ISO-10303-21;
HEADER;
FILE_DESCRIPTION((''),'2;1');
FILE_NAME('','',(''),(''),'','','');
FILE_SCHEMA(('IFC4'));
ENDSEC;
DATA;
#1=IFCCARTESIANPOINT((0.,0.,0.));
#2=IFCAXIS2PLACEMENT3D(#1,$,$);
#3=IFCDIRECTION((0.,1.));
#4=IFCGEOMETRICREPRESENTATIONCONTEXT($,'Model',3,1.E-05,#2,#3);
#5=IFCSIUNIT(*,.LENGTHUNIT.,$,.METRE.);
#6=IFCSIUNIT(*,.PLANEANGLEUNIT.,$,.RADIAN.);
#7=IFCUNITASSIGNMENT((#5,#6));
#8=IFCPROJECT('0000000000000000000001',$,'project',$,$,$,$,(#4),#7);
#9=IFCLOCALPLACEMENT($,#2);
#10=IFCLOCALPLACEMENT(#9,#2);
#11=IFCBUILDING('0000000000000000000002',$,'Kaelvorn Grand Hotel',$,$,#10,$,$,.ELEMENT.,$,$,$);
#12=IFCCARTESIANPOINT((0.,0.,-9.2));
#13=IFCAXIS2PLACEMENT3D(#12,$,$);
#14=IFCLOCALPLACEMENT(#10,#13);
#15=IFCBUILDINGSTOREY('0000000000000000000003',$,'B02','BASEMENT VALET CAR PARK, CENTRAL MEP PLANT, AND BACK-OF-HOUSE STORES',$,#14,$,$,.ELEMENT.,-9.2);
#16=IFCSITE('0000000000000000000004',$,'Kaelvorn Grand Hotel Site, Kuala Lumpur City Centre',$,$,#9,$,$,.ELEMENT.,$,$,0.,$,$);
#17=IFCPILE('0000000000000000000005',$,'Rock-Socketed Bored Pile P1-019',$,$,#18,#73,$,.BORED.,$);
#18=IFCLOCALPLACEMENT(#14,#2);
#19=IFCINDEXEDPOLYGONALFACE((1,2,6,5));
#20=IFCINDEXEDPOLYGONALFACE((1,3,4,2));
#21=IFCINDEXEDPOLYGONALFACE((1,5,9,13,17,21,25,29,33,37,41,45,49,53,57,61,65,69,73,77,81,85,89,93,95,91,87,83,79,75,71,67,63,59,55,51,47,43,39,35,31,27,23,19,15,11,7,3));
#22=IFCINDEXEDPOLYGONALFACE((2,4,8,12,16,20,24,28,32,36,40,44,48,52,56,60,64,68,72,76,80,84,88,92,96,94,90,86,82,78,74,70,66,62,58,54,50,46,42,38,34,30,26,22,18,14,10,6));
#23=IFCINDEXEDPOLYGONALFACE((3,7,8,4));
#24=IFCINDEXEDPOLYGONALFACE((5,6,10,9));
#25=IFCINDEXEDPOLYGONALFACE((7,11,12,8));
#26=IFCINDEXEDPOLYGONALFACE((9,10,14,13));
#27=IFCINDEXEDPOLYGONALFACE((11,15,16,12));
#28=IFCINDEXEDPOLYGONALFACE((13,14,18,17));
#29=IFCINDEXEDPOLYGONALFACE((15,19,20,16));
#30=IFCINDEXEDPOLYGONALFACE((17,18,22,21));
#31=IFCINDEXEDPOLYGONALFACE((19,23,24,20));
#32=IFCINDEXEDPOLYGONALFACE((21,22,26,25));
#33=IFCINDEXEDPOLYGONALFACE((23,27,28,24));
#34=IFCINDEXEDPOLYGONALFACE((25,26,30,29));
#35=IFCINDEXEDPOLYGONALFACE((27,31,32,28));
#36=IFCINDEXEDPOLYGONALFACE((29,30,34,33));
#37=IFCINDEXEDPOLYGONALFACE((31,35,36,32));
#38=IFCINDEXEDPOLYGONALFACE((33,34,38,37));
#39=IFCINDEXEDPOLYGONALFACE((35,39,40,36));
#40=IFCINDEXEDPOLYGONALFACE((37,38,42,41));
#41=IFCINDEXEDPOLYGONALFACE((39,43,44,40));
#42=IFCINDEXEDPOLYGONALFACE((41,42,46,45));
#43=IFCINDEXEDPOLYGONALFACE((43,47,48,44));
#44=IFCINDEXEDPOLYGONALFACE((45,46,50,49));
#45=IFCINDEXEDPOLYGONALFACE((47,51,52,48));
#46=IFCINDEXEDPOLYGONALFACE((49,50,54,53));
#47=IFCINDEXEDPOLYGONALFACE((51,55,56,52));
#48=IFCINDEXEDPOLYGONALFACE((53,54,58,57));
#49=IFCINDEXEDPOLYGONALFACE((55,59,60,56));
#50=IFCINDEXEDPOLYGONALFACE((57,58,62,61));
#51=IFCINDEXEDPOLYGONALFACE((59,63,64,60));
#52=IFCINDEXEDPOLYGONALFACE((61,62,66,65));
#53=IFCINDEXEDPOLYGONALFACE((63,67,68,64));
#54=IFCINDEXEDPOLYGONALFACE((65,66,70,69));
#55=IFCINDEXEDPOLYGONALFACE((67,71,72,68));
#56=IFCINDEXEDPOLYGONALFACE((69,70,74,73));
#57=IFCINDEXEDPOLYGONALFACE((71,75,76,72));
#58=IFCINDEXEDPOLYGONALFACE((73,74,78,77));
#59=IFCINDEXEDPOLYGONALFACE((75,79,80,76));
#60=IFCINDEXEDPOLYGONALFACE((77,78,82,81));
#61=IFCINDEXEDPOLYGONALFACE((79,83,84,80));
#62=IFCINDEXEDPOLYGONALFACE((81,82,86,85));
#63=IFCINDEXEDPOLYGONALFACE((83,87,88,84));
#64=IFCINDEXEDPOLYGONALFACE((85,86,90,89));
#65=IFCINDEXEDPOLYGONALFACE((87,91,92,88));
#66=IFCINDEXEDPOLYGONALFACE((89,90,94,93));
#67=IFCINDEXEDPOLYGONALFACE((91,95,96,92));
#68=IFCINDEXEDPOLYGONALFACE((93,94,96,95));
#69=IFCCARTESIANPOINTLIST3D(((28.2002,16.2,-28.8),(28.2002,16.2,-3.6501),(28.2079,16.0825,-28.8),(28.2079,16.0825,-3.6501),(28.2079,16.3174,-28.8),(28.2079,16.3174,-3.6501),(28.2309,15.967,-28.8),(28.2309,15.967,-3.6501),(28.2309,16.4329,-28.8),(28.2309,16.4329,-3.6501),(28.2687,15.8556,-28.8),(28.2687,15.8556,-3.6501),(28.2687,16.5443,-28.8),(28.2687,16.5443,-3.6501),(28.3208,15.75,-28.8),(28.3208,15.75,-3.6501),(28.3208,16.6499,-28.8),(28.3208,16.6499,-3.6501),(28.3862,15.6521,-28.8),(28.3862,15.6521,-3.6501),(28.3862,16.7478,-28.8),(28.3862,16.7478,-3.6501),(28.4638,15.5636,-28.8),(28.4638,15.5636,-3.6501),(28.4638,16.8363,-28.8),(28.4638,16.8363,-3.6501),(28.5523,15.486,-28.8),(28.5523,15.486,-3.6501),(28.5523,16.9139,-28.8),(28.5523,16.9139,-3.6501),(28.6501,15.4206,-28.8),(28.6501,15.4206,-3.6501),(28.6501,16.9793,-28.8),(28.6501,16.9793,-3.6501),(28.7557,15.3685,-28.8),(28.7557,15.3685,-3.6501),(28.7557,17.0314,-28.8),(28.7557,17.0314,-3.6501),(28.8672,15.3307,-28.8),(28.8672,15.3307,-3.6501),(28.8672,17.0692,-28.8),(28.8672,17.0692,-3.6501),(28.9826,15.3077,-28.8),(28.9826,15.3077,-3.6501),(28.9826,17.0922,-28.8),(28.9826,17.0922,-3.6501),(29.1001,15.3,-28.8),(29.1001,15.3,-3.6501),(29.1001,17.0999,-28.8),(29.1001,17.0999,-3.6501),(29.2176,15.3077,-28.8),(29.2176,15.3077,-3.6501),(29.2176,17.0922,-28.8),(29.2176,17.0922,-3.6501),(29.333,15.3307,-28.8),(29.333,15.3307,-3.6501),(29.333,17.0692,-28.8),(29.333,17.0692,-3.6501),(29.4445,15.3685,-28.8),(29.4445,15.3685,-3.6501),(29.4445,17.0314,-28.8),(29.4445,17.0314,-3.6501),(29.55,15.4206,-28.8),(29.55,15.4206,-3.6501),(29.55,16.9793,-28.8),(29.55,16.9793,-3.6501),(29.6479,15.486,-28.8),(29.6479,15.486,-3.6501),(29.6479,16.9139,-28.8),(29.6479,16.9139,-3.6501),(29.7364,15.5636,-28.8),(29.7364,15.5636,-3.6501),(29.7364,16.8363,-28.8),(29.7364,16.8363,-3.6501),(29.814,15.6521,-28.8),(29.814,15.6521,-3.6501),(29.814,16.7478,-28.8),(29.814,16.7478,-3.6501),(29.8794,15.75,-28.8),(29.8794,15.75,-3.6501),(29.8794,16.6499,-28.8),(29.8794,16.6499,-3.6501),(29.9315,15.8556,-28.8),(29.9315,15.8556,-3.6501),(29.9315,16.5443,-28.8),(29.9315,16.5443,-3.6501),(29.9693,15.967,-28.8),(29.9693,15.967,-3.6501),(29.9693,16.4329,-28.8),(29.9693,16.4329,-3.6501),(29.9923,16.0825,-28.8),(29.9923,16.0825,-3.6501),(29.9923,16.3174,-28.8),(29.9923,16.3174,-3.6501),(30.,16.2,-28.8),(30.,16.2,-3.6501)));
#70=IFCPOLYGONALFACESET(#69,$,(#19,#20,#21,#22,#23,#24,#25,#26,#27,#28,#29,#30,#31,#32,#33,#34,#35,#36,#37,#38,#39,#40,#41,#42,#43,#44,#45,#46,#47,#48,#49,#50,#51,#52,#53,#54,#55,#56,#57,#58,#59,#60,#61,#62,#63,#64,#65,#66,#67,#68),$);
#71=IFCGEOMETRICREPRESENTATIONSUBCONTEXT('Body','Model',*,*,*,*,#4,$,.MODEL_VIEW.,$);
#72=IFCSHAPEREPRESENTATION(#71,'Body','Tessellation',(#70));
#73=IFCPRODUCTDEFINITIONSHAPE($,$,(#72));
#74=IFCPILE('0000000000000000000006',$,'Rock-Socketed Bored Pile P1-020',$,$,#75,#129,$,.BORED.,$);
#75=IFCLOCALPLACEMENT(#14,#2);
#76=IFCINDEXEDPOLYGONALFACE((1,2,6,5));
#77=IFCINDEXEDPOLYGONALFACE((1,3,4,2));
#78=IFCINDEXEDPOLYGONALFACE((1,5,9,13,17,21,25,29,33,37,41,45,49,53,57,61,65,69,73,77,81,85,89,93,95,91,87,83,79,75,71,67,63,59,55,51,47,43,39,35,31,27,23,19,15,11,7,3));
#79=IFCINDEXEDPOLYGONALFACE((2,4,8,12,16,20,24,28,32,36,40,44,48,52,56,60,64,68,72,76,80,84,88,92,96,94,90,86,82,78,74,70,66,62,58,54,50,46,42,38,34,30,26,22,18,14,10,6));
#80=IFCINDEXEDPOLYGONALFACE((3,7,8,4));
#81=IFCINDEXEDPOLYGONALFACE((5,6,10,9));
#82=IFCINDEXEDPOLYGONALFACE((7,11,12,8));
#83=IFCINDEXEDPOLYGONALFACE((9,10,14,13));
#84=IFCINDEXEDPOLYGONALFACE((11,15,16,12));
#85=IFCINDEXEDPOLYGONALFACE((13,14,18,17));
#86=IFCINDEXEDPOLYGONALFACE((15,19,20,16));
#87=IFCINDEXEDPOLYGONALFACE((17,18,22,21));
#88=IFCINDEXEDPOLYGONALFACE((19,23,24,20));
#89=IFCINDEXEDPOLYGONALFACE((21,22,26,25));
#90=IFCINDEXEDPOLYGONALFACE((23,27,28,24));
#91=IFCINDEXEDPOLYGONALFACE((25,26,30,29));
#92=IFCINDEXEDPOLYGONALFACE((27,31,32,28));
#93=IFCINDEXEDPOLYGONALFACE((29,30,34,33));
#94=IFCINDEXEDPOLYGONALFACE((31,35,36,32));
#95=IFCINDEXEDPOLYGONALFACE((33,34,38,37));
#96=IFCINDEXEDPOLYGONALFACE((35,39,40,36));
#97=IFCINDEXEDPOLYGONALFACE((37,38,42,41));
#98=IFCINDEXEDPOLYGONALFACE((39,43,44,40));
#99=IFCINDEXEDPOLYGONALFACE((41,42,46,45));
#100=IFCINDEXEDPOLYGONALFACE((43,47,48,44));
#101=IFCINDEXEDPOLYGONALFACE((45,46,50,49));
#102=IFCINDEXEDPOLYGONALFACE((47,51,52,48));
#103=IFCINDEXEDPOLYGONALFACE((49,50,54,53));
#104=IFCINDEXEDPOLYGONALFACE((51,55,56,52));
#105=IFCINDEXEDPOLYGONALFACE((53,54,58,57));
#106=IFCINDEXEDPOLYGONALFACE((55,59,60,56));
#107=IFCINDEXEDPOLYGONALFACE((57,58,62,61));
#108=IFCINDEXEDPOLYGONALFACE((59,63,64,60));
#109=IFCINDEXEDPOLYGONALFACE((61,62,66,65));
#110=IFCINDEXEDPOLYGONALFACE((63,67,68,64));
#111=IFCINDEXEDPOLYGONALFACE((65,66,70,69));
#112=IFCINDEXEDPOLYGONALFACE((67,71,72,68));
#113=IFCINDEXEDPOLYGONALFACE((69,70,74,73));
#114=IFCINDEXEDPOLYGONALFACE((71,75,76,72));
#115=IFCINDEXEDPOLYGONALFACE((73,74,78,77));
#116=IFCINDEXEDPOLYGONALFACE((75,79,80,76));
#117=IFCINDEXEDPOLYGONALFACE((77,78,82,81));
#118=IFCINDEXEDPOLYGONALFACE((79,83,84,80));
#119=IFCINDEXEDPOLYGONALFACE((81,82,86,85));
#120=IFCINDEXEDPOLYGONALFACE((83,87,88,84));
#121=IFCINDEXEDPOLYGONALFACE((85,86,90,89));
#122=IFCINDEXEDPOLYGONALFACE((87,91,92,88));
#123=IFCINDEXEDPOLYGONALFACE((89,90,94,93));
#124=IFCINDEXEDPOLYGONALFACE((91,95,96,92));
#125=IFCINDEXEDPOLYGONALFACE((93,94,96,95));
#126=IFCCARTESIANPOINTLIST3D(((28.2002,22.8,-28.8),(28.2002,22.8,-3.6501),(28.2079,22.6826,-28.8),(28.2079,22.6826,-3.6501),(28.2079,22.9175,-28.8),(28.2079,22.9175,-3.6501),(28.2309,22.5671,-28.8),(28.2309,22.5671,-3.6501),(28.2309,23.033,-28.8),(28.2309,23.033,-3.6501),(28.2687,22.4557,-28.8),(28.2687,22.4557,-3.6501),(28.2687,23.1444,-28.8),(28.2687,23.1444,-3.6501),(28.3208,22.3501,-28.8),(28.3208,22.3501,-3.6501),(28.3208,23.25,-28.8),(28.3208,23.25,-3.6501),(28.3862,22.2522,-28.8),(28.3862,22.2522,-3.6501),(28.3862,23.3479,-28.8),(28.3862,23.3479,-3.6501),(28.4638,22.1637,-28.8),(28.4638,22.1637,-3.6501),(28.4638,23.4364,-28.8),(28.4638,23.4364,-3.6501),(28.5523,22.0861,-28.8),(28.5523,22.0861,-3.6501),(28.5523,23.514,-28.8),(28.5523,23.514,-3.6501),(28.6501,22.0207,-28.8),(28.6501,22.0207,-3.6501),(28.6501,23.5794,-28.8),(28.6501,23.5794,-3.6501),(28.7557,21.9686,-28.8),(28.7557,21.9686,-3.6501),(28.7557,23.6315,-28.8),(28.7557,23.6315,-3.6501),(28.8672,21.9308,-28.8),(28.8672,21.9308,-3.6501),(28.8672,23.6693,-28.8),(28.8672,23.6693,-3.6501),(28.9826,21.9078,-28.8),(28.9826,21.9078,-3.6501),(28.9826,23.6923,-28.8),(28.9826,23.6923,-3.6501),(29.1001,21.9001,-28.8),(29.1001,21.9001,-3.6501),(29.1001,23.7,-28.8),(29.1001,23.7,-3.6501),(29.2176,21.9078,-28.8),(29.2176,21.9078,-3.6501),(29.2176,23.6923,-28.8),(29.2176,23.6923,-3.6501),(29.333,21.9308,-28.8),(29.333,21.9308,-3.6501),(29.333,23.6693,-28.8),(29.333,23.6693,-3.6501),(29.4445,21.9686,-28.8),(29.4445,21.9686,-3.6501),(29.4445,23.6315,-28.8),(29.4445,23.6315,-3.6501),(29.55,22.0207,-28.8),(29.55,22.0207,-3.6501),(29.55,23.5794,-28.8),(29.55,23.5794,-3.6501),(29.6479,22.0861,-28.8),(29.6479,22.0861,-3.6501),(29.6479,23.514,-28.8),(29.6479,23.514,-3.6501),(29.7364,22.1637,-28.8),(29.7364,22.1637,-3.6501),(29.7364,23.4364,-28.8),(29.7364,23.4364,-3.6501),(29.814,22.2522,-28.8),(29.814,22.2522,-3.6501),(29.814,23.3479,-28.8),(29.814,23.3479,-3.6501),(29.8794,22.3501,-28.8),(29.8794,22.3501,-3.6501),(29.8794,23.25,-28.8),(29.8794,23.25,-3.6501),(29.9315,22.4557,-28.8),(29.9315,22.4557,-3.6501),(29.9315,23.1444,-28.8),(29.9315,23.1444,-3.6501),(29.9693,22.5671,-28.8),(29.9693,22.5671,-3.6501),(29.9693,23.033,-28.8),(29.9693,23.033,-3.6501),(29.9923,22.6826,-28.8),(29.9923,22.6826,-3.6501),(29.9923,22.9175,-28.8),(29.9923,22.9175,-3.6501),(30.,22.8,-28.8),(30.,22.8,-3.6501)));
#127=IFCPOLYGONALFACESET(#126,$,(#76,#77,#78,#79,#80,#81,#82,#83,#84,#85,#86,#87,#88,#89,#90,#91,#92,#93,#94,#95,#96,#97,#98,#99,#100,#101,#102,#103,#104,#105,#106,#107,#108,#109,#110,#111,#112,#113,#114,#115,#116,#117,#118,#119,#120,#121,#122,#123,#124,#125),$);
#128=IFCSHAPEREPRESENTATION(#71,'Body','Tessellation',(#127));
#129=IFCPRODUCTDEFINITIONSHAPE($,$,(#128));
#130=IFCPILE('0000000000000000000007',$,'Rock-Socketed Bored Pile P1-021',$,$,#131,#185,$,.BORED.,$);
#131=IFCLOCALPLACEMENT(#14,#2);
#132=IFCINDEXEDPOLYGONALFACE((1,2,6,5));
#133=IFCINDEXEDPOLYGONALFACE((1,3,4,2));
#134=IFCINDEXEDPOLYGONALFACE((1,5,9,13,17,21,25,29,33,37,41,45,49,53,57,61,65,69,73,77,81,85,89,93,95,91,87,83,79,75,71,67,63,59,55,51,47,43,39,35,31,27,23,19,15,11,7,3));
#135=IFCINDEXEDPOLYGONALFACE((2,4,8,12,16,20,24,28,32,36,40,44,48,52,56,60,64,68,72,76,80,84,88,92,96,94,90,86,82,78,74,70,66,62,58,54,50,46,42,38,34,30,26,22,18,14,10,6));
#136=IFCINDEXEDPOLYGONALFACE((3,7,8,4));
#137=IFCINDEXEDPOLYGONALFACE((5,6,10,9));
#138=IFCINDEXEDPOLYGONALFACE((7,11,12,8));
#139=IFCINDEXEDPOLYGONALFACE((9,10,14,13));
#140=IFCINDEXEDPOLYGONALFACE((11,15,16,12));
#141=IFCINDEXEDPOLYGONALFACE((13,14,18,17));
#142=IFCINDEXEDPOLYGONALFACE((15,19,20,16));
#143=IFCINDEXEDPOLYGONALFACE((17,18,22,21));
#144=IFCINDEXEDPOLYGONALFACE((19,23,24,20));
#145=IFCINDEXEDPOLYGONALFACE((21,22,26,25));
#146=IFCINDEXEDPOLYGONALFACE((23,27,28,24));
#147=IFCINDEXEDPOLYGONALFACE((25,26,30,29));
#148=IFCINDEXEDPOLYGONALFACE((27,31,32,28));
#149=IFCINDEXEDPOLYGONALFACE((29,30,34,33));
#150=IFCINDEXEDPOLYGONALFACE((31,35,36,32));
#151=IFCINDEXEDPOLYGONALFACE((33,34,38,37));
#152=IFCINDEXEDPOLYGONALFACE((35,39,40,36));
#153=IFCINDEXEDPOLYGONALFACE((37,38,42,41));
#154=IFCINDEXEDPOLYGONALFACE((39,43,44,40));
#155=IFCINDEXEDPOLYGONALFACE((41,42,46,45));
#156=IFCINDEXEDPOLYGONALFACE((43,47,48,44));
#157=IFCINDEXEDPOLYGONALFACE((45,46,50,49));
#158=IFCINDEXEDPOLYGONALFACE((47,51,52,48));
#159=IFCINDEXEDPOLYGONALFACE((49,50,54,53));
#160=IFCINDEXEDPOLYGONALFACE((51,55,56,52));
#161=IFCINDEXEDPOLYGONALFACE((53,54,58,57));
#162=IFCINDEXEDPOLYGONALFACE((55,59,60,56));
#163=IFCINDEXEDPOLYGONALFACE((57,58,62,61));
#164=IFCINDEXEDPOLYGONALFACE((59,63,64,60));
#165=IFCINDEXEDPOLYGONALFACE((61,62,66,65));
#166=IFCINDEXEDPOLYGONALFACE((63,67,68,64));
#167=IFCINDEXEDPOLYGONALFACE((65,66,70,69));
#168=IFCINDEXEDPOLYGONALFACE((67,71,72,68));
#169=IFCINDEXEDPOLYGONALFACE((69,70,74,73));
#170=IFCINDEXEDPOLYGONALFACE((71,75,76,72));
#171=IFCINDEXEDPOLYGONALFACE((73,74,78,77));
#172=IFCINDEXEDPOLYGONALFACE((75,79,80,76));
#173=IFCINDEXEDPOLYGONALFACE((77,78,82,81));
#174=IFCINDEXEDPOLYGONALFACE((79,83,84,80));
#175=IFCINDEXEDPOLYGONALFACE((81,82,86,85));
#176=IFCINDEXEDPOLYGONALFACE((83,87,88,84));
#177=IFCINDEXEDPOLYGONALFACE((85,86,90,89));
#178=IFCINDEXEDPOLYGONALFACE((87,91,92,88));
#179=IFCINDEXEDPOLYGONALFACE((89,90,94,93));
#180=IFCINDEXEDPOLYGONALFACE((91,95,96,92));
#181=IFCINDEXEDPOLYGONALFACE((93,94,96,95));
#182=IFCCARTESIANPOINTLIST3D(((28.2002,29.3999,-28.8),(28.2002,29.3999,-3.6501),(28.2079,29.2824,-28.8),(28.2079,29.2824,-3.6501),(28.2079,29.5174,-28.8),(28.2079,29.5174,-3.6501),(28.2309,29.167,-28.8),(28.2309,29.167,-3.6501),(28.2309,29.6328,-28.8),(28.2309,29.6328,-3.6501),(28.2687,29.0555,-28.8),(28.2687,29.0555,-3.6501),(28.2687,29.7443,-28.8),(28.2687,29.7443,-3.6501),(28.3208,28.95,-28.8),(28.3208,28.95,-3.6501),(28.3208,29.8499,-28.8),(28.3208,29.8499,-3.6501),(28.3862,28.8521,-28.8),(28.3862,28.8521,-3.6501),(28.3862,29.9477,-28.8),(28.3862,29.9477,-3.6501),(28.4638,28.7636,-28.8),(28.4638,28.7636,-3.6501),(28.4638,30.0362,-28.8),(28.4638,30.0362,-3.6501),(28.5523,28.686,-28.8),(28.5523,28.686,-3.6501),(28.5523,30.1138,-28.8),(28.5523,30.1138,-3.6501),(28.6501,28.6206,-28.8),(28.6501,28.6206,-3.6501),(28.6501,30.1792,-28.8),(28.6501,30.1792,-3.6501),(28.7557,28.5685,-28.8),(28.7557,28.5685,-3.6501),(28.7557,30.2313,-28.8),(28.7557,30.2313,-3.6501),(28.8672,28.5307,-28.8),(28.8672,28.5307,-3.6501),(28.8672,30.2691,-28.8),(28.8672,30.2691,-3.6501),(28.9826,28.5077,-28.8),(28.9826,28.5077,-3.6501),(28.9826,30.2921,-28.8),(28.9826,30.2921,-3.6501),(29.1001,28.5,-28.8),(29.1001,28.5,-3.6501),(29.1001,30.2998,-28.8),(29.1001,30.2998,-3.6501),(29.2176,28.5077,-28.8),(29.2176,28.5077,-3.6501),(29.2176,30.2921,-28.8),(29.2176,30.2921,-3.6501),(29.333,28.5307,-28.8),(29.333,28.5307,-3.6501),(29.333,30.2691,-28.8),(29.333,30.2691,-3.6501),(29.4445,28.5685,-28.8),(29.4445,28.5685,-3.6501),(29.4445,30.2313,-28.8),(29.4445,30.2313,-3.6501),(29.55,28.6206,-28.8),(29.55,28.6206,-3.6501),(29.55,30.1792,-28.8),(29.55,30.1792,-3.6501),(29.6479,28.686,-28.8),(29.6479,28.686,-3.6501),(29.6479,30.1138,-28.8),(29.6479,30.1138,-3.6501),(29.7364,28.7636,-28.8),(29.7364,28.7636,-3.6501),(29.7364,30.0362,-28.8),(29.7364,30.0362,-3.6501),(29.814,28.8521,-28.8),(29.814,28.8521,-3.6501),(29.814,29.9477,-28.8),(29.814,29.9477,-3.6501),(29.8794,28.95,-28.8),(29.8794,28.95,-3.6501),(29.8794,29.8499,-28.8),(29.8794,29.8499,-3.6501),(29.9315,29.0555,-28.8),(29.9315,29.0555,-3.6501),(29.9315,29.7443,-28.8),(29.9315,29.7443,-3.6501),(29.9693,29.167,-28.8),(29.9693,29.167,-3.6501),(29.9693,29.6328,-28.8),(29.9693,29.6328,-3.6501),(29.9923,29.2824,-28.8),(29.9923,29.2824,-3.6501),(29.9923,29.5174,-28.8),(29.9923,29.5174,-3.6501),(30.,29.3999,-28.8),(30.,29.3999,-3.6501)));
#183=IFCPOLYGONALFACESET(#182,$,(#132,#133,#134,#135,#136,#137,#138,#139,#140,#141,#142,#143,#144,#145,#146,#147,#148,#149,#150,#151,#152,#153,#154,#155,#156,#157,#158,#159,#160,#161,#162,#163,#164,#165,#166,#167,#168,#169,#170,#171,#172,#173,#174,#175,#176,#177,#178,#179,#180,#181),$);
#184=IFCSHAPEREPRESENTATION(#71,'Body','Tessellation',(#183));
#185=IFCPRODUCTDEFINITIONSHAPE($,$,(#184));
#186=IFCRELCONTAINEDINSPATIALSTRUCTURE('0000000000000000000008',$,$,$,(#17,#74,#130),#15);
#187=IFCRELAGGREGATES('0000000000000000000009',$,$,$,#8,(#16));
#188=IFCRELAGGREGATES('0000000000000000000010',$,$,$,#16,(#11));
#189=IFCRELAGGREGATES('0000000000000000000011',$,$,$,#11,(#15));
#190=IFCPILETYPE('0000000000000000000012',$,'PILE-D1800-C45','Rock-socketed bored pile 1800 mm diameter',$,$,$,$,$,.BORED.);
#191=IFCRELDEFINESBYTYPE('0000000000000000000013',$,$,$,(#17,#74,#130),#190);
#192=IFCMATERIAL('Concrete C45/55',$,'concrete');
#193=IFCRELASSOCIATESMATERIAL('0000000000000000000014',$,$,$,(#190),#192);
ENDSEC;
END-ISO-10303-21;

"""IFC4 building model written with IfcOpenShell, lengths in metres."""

from ifc_helpers import new_model, si_unit, direction, frame, origin, origin_2d, place, context, subcontext, project, spatial, circle, extrude, material, material_profile, profile_set, type_object, element, save


model = new_model("IFC4")

# Units and contexts
model_context = context("Model", 3, precision=1e-05, world=origin(), true_north=direction((0.0, 1.0)))
body_context = subcontext(model_context, "Body", "Model", "MODEL_VIEW")
ifc_project = project(units=[si_unit("LENGTHUNIT", "METRE"), si_unit("PLANEANGLEUNIT", "RADIAN")], contexts=[model_context])

# Site, building, storey
site_placement = place(None, origin())
site = spatial("IfcSite", under=ifc_project, at=site_placement, Name="Kaelvorn Grand Hotel Site, Kuala Lumpur City Centre", CompositionType="ELEMENT", RefElevation=0.0)
building_placement = place(site_placement, origin())
building = spatial("IfcBuilding", under=site, at=building_placement, Name="Kaelvorn Grand Hotel", CompositionType="ELEMENT")
storey_placement = place(building_placement, frame((0.0, 0.0, -9.2)))
storey = spatial("IfcBuildingStorey", under=building, at=storey_placement, Name="B02", Description="BASEMENT VALET CAR PARK, CENTRAL MEP PLANT, AND BACK-OF-HOUSE STORES", CompositionType="ELEMENT", Elevation=-9.2)

# Piles
ifc_material_1 = material(Name="Concrete C45/55", Category="concrete")
ifc_material_profile_1 = material_profile(ifc_material_1, circle(Radius=0.8999, at=origin_2d()), Name="BORED PILE D1800")
ifc_profile_set_1 = profile_set([ifc_material_profile_1], Name="Concrete C45/55")
pile_type = type_object("IfcPileType", Name="PILE-D1800-C45", Description="Rock-socketed bored pile 1800 mm diameter", PredefinedType="BORED", material=ifc_profile_set_1)
for number, where, z_axis, x_axis, name in (
    (1, (29.1001, 16.2, -3.6501), (0.0, 0.0, -1.0), (1.0, 0.0, 0.0), "Rock-Socketed Bored Pile P1-019"),
    (2, (29.1001, 22.8, -3.6501), (0.0, 0.0, -1.0), (1.0, 0.0, 0.0), "Rock-Socketed Bored Pile P1-020"),
    (3, (29.1001, 29.3999, -3.6501), (0.0, 0.0, -1.0), (1.0, 0.0, 0.0), "Rock-Socketed Bored Pile P1-021"),
):
    element("IfcPile", number, at=place(storey_placement, frame(where, z_axis=z_axis, x_axis=x_axis)), inside=storey, type_object=pile_type, Name=name, PredefinedType="BORED", context=body_context, shape_type="SweptSolid", body=[
        extrude(circle(Radius=0.8999, at=origin_2d()), origin(), (0.0, 0.0, 1.0), 25.1499),
    ])

save(model, "model.ifc")
